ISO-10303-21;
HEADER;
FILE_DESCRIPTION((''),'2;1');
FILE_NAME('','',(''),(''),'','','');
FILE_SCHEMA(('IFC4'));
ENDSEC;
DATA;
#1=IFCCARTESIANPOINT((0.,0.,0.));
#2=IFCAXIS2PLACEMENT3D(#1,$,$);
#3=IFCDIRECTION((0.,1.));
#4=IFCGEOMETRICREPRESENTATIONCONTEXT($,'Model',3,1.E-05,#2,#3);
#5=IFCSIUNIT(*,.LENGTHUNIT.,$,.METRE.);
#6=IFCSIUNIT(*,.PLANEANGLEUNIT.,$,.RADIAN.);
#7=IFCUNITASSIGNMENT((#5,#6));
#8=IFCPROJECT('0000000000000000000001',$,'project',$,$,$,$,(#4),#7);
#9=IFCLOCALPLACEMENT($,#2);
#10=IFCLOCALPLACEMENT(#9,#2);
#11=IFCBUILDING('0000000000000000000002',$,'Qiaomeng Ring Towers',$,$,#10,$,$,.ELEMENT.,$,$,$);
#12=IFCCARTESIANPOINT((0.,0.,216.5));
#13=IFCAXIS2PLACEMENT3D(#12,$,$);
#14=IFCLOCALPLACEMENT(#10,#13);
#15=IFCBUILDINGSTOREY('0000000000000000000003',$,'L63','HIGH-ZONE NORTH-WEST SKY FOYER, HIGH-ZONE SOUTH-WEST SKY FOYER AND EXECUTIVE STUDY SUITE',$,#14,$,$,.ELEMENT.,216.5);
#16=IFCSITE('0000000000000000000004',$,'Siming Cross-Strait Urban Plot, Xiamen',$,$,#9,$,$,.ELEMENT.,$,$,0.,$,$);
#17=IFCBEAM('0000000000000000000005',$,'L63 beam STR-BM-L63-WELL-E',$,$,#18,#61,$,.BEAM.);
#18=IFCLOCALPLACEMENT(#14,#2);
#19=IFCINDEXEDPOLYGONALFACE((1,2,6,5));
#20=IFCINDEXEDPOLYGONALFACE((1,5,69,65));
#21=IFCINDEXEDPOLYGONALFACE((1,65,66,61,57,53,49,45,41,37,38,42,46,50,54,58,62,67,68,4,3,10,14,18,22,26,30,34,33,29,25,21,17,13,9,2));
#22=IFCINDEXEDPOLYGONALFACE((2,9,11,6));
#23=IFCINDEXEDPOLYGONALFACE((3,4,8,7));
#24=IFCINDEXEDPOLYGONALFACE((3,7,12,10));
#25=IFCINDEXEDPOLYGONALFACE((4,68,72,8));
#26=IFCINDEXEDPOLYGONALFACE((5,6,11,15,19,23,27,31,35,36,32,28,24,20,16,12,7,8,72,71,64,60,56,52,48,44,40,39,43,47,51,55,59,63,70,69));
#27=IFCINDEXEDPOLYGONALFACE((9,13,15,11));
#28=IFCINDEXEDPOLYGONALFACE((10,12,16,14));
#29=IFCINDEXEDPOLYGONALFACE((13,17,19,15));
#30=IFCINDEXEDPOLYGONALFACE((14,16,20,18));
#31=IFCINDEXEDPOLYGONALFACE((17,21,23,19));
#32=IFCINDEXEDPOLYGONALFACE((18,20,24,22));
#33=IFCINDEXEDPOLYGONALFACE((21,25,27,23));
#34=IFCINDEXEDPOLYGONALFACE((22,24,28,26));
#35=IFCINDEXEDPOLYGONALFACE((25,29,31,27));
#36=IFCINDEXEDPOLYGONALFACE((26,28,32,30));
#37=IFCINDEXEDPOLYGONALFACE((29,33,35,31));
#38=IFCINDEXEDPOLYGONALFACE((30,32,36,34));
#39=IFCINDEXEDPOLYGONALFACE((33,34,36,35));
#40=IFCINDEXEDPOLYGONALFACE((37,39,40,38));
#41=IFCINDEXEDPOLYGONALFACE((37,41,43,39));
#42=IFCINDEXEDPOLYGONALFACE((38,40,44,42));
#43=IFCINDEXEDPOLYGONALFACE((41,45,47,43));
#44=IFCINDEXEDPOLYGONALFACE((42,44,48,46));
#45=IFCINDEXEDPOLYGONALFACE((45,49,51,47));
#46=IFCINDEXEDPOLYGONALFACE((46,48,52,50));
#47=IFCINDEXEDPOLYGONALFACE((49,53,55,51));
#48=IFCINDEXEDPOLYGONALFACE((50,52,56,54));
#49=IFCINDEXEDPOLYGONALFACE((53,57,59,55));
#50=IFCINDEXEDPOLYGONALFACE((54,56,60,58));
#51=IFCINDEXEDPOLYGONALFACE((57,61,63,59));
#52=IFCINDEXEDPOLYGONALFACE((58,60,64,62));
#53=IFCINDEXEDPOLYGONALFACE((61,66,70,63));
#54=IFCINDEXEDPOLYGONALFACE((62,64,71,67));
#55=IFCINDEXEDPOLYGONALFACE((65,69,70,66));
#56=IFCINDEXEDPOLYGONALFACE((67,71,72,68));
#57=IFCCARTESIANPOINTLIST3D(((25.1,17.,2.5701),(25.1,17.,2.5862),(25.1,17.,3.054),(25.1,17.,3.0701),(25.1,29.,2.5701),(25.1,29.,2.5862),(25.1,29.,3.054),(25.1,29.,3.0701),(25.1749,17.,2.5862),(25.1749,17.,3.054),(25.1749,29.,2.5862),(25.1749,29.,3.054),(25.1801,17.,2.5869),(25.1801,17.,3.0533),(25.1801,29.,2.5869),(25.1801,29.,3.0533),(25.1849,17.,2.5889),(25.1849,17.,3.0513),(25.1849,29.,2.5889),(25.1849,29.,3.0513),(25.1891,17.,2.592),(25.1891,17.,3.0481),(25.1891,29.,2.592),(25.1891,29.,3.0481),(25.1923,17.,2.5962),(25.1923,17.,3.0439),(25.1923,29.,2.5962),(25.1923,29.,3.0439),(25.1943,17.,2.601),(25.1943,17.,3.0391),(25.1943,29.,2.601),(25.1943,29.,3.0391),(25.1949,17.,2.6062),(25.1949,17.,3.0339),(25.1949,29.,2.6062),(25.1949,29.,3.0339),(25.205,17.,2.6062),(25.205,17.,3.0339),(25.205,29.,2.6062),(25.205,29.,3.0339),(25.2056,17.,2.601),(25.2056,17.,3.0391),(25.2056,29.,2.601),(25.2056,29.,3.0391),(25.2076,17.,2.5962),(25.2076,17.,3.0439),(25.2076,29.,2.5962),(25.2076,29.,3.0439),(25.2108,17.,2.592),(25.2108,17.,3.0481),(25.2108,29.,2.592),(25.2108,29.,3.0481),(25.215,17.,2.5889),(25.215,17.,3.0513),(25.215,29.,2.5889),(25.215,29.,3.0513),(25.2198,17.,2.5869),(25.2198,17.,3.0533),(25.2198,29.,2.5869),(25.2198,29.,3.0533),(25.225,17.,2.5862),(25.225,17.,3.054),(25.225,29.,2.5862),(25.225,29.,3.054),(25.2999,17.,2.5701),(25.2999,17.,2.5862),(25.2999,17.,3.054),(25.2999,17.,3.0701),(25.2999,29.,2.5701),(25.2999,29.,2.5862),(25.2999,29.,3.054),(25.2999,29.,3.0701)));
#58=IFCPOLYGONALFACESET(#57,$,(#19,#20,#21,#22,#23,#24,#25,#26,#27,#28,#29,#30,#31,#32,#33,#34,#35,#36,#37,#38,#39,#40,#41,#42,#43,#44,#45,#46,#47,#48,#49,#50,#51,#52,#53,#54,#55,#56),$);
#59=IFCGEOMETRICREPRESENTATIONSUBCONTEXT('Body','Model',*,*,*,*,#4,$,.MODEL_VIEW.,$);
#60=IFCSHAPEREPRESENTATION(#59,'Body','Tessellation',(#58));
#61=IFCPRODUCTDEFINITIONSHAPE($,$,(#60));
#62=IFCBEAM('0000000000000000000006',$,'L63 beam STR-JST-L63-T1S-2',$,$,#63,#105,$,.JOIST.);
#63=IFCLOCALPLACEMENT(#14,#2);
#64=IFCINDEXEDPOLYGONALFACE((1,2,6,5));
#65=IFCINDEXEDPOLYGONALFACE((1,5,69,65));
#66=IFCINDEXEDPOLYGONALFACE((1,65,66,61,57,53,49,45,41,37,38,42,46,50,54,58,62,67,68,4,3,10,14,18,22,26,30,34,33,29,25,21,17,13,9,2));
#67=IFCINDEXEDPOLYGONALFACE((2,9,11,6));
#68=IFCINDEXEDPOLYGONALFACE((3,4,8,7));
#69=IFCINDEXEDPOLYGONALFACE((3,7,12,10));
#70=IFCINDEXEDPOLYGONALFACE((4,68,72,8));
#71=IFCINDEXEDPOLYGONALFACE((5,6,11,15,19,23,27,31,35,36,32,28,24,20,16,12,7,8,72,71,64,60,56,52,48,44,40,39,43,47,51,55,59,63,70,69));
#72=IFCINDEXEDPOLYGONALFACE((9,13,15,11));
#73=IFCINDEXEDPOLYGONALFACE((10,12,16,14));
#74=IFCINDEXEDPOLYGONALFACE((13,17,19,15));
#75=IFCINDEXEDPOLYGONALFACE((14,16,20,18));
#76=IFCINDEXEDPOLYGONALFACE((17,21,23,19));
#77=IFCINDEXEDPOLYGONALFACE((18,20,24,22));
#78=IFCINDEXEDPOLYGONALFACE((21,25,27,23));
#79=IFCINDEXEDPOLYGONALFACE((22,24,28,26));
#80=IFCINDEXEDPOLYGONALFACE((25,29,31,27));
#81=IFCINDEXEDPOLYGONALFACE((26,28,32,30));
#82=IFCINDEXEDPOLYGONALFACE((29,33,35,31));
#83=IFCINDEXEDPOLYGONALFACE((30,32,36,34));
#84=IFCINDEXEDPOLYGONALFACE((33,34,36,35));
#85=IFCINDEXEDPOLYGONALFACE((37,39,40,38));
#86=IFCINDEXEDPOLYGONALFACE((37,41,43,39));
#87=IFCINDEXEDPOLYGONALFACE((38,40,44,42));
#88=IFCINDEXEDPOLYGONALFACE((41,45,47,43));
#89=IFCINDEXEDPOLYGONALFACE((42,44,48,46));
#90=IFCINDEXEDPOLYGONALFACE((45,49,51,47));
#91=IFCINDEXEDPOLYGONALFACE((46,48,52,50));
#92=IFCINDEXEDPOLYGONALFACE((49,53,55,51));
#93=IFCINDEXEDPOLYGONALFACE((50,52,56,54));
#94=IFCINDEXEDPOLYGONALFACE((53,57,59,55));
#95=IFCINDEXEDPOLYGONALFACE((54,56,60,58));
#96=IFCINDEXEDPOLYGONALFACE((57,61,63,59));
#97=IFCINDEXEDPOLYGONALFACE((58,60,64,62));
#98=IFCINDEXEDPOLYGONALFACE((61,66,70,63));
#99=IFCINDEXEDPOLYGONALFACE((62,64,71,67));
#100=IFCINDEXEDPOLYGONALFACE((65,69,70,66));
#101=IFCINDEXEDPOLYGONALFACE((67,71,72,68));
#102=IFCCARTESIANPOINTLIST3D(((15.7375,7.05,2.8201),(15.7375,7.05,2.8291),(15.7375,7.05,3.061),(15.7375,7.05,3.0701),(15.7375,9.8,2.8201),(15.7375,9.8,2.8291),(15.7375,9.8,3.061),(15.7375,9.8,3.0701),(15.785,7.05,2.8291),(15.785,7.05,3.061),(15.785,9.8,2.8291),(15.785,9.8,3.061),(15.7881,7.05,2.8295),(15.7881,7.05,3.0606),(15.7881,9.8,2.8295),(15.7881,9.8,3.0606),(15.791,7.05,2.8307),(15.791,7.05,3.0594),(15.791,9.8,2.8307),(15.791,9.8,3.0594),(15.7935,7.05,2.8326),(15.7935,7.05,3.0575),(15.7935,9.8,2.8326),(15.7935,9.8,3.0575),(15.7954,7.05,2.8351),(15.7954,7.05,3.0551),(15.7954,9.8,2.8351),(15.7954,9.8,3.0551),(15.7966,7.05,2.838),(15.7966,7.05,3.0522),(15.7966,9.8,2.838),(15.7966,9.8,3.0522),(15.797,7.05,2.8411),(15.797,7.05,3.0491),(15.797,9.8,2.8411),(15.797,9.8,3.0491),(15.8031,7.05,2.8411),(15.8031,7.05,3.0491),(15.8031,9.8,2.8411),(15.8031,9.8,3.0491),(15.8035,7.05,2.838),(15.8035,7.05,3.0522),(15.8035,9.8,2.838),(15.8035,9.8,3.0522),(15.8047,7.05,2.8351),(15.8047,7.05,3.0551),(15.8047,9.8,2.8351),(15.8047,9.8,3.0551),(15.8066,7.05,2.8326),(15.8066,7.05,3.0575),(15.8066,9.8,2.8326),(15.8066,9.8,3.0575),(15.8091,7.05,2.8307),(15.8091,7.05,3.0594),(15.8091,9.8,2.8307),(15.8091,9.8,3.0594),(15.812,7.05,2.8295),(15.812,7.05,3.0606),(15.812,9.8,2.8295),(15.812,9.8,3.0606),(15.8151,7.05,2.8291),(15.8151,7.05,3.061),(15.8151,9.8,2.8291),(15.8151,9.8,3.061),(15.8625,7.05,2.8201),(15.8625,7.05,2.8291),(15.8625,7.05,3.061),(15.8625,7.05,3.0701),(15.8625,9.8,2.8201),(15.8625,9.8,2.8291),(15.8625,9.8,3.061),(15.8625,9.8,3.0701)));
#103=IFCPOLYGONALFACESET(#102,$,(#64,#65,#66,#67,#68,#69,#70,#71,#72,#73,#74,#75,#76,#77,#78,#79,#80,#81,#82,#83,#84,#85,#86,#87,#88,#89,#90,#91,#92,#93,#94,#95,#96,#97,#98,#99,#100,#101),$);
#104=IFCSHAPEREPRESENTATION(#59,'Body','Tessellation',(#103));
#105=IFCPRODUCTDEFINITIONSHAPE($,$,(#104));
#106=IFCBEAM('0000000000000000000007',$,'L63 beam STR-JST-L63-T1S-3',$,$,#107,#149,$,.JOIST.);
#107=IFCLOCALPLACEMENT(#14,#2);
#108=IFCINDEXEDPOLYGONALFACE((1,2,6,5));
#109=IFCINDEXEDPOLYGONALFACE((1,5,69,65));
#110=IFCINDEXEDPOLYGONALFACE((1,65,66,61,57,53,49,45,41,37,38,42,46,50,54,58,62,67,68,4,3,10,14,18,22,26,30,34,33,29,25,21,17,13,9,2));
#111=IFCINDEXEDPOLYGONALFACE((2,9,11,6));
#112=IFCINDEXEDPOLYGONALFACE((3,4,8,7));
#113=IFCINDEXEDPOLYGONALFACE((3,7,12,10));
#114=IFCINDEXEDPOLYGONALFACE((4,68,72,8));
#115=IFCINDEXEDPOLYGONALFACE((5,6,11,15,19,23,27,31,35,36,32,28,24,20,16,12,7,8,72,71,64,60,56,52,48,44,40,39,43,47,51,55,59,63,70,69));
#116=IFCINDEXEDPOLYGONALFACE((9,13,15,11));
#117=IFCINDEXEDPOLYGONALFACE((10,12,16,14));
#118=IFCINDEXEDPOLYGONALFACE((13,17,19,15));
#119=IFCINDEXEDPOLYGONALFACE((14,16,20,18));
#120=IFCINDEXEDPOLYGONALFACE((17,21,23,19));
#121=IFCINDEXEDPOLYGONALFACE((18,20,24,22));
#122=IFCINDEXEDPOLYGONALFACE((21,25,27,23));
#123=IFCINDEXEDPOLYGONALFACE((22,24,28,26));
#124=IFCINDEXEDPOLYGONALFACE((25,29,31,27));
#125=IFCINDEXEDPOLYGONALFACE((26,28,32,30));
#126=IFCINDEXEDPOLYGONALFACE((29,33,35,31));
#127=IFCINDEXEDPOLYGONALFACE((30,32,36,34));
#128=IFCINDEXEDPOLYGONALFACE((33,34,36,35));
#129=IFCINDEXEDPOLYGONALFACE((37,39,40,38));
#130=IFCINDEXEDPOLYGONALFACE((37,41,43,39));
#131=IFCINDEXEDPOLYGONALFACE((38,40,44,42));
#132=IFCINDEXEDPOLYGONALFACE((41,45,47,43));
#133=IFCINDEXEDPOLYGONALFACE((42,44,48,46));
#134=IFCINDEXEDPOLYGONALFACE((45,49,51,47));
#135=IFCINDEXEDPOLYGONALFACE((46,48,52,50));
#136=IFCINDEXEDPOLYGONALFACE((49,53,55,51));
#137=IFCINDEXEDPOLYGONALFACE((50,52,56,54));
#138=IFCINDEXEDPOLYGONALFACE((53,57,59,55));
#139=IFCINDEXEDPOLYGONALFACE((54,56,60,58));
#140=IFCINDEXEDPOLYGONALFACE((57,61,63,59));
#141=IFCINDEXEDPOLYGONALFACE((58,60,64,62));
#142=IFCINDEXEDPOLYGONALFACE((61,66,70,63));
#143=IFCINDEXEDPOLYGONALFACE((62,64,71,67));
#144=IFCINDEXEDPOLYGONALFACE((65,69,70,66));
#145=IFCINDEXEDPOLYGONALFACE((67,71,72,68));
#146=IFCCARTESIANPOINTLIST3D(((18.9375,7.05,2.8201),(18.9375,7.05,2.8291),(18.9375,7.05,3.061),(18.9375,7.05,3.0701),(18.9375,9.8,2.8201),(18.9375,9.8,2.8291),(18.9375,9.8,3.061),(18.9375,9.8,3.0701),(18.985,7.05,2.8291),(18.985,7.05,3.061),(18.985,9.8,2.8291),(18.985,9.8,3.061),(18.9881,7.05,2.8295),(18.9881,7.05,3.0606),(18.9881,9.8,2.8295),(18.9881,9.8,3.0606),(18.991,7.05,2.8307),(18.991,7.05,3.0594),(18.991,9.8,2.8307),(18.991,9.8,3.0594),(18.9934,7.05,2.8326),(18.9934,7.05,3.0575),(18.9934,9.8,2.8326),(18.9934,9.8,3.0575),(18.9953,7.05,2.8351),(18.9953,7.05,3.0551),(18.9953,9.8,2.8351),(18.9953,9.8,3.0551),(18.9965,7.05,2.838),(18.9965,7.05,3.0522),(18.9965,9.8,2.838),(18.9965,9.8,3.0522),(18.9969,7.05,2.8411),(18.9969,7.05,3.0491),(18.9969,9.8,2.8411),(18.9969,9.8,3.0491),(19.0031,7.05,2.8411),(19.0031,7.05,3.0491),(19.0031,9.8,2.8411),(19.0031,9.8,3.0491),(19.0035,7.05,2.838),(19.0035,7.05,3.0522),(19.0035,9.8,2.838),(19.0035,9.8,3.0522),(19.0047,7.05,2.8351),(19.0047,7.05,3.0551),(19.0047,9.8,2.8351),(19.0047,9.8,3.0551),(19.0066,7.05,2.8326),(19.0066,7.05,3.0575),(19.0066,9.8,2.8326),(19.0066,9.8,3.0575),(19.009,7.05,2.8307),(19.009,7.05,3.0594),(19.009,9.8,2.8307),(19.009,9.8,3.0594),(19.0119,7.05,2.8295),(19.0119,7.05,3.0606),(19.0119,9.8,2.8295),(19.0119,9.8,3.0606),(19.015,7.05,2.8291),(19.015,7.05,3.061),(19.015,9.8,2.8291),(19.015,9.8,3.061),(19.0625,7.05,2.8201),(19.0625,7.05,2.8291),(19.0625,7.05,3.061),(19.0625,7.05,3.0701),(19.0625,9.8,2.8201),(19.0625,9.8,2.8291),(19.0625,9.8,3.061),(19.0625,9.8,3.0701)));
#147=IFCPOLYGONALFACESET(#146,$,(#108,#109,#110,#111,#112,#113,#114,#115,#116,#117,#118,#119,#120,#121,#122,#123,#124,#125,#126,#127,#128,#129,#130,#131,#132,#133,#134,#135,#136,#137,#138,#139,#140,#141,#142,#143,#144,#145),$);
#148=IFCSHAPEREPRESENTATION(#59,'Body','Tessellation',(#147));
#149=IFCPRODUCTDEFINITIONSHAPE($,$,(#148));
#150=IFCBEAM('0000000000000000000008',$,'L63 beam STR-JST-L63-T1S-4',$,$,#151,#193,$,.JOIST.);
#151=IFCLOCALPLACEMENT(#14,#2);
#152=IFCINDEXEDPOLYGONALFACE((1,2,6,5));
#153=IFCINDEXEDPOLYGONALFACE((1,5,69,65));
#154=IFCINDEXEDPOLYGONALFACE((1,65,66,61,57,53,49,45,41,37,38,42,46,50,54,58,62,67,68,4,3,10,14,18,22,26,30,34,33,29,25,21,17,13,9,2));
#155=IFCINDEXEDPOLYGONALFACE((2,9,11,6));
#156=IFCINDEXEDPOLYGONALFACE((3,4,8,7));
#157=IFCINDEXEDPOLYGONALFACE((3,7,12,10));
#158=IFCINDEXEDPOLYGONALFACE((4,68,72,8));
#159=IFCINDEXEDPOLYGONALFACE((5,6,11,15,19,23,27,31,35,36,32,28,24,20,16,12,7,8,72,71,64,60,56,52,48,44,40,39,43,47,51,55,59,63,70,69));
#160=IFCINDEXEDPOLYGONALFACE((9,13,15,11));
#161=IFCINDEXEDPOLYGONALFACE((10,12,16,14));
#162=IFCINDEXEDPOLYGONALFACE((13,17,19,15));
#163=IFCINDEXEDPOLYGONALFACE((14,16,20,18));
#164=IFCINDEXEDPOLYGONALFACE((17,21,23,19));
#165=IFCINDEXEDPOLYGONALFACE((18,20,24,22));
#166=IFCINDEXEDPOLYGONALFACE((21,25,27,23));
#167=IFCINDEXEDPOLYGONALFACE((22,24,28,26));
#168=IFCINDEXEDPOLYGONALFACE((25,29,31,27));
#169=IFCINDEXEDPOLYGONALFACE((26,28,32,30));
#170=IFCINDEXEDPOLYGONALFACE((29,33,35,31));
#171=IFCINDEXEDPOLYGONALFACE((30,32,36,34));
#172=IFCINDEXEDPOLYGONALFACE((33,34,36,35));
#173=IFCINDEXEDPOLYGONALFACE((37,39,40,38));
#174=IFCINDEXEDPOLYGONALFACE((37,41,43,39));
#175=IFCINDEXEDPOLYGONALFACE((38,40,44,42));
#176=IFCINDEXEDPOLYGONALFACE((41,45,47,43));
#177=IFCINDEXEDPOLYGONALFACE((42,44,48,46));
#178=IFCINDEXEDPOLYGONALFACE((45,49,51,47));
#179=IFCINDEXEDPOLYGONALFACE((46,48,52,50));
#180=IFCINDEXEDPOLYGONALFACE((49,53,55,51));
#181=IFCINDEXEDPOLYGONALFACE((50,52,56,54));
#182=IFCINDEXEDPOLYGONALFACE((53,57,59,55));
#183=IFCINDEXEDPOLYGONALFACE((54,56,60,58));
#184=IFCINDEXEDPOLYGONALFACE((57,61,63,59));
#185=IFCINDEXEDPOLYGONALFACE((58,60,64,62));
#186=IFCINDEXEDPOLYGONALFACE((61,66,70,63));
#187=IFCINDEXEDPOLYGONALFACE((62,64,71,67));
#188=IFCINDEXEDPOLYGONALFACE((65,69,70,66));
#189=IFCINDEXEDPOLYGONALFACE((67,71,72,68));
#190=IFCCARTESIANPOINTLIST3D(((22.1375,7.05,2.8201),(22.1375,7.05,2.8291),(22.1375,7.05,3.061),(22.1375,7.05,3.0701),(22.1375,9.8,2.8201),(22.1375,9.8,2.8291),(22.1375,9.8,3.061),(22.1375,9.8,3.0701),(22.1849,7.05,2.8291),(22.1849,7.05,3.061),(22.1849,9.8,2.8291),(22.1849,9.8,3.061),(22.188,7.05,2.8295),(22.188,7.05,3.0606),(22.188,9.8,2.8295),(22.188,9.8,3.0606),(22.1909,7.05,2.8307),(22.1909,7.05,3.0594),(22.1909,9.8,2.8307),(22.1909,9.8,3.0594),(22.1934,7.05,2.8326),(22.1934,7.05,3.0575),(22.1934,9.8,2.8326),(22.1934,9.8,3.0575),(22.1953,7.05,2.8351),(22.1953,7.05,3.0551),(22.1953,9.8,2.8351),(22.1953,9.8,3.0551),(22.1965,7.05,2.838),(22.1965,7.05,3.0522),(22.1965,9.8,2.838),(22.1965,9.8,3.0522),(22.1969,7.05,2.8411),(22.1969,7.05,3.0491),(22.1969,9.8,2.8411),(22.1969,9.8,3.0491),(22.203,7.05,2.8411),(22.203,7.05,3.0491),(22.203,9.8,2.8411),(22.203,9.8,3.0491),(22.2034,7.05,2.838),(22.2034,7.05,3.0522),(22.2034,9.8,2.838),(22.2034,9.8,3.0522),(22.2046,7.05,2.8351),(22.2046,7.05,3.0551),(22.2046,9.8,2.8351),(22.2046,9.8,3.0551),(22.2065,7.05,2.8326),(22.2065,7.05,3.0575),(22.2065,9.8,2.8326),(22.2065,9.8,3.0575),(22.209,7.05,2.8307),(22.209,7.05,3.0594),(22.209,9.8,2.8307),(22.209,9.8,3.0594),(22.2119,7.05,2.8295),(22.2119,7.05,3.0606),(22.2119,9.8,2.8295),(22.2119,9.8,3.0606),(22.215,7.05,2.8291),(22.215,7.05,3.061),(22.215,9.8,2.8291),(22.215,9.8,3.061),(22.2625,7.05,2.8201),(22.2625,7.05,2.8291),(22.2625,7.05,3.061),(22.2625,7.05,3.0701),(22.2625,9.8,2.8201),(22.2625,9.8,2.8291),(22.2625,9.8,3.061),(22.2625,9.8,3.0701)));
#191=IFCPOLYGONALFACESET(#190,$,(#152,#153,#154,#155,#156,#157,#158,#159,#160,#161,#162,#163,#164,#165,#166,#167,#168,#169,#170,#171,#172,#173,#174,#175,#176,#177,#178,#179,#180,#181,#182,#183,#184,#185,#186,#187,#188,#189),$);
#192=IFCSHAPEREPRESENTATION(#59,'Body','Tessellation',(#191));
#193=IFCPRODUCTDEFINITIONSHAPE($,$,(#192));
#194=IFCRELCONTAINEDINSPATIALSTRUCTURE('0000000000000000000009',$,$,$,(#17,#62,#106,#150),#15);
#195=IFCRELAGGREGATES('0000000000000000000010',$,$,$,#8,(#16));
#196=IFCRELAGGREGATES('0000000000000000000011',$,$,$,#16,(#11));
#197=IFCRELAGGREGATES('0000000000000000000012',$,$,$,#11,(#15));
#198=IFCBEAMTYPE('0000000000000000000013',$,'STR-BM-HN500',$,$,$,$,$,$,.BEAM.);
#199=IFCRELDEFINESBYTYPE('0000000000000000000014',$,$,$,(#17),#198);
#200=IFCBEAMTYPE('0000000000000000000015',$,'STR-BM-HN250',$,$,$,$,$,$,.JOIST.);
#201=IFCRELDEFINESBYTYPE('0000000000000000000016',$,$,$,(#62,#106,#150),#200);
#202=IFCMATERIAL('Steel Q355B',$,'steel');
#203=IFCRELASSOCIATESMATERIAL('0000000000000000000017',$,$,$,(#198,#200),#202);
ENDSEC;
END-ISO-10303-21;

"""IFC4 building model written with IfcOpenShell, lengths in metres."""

from ifc_helpers import new_model, si_unit, direction, frame, origin, origin_2d, place, context, subcontext, project, spatial, i_section, extrude, source, transform, mapped, material, material_profile, profile_set, type_object, element, save


model = new_model("IFC4")

# Units and contexts
model_context = context("Model", 3, precision=1e-05, world=origin(), true_north=direction((0.0, 1.0)))
body_context = subcontext(model_context, "Body", "Model", "MODEL_VIEW")
ifc_project = project(units=[si_unit("LENGTHUNIT", "METRE"), si_unit("PLANEANGLEUNIT", "RADIAN")], contexts=[model_context])

# Site, building, storey
site_placement = place(None, origin())
site = spatial("IfcSite", under=ifc_project, at=site_placement, Name="Siming Cross-Strait Urban Plot, Xiamen", CompositionType="ELEMENT", RefElevation=0.0)
building_placement = place(site_placement, origin())
building = spatial("IfcBuilding", under=site, at=building_placement, Name="Qiaomeng Ring Towers", CompositionType="ELEMENT")
storey_placement = place(building_placement, frame((0.0, 0.0, 216.5)))
storey = spatial("IfcBuildingStorey", under=building, at=storey_placement, Name="L63", Description="HIGH-ZONE NORTH-WEST SKY FOYER, HIGH-ZONE SOUTH-WEST SKY FOYER AND EXECUTIVE STUDY SUITE", CompositionType="ELEMENT", Elevation=216.5)

# Beams
ifc_material_1 = material(Name="Steel Q355B", Category="steel")
ifc_material_profile_1 = material_profile(ifc_material_1, i_section(OverallWidth=0.2, OverallDepth=0.5, WebThickness=0.01, FlangeThickness=0.0161, FilletRadius=0.02, at=origin_2d()), Name="HN 500x200x10x16")
ifc_profile_set_1 = profile_set([ifc_material_profile_1], Name="Steel Q355B")
beam_type_1 = type_object("IfcBeamType", Name="STR-BM-HN500", PredefinedType="BEAM", material=ifc_profile_set_1)
shared_shape_1 = source(origin(), body_context, "Body", "SweptSolid", [
    extrude(i_section(OverallWidth=0.2, OverallDepth=0.5, WebThickness=0.01, FlangeThickness=0.0161, FilletRadius=0.02, at=origin_2d()), origin(), (0.0, 0.0, 1.0), 12.0),
])
beam_1_placement = place(storey_placement, frame((25.2, 17.0, 2.8201), z_axis=(0.0, 1.0, 0.0), x_axis=(-1.0, 0.0, 0.0)))
element("IfcBeam", 1, at=beam_1_placement, inside=storey, type_object=beam_type_1, Name="L63 beam STR-BM-L63-WELL-E", PredefinedType="BEAM", context=body_context, shape_type="MappedRepresentation", body=[
    mapped(shared_shape_1, transform((0.0, 0.0, 0.0), x_axis=(1.0, 0.0, 0.0), y_axis=(0.0, 1.0, 0.0), z_axis=(0.0, 0.0, 1.0), scale=1.0)),
])
ifc_material_profile_2 = material_profile(ifc_material_1, i_section(OverallWidth=0.125, OverallDepth=0.25, WebThickness=0.0061, FlangeThickness=0.009, FilletRadius=0.012, at=origin_2d()), Name="HN 250x125x6x9")
ifc_profile_set_2 = profile_set([ifc_material_profile_2], Name="Steel Q355B")
beam_type_2 = type_object("IfcBeamType", Name="STR-BM-HN250", PredefinedType="JOIST", material=ifc_profile_set_2)
shared_shape_2 = source(origin(), body_context, "Body", "SweptSolid", [
    extrude(i_section(OverallWidth=0.125, OverallDepth=0.25, WebThickness=0.0061, FlangeThickness=0.009, FilletRadius=0.012, at=origin_2d()), origin(), (0.0, 0.0, 1.0), 2.75),
])
for number, where, z_axis, x_axis, name in (
    (2, (15.8, 7.05, 2.9451), (0.0, 1.0, 0.0), (-1.0, 0.0, 0.0), "L63 beam STR-JST-L63-T1S-2"),
    (3, (19.0, 7.05, 2.9451), (0.0, 1.0, 0.0), (-1.0, 0.0, 0.0), "L63 beam STR-JST-L63-T1S-3"),
    (4, (22.2, 7.05, 2.9451), (0.0, 1.0, 0.0), (-1.0, 0.0, 0.0), "L63 beam STR-JST-L63-T1S-4"),
):
    element("IfcBeam", number, at=place(storey_placement, frame(where, z_axis=z_axis, x_axis=x_axis)), inside=storey, type_object=beam_type_2, Name=name, PredefinedType="JOIST", context=body_context, shape_type="MappedRepresentation", body=[
        mapped(shared_shape_2, transform((0.0, 0.0, 0.0), x_axis=(1.0, 0.0, 0.0), y_axis=(0.0, 1.0, 0.0), z_axis=(0.0, 0.0, 1.0), scale=1.0)),
    ])

save(model, "model.ifc")
